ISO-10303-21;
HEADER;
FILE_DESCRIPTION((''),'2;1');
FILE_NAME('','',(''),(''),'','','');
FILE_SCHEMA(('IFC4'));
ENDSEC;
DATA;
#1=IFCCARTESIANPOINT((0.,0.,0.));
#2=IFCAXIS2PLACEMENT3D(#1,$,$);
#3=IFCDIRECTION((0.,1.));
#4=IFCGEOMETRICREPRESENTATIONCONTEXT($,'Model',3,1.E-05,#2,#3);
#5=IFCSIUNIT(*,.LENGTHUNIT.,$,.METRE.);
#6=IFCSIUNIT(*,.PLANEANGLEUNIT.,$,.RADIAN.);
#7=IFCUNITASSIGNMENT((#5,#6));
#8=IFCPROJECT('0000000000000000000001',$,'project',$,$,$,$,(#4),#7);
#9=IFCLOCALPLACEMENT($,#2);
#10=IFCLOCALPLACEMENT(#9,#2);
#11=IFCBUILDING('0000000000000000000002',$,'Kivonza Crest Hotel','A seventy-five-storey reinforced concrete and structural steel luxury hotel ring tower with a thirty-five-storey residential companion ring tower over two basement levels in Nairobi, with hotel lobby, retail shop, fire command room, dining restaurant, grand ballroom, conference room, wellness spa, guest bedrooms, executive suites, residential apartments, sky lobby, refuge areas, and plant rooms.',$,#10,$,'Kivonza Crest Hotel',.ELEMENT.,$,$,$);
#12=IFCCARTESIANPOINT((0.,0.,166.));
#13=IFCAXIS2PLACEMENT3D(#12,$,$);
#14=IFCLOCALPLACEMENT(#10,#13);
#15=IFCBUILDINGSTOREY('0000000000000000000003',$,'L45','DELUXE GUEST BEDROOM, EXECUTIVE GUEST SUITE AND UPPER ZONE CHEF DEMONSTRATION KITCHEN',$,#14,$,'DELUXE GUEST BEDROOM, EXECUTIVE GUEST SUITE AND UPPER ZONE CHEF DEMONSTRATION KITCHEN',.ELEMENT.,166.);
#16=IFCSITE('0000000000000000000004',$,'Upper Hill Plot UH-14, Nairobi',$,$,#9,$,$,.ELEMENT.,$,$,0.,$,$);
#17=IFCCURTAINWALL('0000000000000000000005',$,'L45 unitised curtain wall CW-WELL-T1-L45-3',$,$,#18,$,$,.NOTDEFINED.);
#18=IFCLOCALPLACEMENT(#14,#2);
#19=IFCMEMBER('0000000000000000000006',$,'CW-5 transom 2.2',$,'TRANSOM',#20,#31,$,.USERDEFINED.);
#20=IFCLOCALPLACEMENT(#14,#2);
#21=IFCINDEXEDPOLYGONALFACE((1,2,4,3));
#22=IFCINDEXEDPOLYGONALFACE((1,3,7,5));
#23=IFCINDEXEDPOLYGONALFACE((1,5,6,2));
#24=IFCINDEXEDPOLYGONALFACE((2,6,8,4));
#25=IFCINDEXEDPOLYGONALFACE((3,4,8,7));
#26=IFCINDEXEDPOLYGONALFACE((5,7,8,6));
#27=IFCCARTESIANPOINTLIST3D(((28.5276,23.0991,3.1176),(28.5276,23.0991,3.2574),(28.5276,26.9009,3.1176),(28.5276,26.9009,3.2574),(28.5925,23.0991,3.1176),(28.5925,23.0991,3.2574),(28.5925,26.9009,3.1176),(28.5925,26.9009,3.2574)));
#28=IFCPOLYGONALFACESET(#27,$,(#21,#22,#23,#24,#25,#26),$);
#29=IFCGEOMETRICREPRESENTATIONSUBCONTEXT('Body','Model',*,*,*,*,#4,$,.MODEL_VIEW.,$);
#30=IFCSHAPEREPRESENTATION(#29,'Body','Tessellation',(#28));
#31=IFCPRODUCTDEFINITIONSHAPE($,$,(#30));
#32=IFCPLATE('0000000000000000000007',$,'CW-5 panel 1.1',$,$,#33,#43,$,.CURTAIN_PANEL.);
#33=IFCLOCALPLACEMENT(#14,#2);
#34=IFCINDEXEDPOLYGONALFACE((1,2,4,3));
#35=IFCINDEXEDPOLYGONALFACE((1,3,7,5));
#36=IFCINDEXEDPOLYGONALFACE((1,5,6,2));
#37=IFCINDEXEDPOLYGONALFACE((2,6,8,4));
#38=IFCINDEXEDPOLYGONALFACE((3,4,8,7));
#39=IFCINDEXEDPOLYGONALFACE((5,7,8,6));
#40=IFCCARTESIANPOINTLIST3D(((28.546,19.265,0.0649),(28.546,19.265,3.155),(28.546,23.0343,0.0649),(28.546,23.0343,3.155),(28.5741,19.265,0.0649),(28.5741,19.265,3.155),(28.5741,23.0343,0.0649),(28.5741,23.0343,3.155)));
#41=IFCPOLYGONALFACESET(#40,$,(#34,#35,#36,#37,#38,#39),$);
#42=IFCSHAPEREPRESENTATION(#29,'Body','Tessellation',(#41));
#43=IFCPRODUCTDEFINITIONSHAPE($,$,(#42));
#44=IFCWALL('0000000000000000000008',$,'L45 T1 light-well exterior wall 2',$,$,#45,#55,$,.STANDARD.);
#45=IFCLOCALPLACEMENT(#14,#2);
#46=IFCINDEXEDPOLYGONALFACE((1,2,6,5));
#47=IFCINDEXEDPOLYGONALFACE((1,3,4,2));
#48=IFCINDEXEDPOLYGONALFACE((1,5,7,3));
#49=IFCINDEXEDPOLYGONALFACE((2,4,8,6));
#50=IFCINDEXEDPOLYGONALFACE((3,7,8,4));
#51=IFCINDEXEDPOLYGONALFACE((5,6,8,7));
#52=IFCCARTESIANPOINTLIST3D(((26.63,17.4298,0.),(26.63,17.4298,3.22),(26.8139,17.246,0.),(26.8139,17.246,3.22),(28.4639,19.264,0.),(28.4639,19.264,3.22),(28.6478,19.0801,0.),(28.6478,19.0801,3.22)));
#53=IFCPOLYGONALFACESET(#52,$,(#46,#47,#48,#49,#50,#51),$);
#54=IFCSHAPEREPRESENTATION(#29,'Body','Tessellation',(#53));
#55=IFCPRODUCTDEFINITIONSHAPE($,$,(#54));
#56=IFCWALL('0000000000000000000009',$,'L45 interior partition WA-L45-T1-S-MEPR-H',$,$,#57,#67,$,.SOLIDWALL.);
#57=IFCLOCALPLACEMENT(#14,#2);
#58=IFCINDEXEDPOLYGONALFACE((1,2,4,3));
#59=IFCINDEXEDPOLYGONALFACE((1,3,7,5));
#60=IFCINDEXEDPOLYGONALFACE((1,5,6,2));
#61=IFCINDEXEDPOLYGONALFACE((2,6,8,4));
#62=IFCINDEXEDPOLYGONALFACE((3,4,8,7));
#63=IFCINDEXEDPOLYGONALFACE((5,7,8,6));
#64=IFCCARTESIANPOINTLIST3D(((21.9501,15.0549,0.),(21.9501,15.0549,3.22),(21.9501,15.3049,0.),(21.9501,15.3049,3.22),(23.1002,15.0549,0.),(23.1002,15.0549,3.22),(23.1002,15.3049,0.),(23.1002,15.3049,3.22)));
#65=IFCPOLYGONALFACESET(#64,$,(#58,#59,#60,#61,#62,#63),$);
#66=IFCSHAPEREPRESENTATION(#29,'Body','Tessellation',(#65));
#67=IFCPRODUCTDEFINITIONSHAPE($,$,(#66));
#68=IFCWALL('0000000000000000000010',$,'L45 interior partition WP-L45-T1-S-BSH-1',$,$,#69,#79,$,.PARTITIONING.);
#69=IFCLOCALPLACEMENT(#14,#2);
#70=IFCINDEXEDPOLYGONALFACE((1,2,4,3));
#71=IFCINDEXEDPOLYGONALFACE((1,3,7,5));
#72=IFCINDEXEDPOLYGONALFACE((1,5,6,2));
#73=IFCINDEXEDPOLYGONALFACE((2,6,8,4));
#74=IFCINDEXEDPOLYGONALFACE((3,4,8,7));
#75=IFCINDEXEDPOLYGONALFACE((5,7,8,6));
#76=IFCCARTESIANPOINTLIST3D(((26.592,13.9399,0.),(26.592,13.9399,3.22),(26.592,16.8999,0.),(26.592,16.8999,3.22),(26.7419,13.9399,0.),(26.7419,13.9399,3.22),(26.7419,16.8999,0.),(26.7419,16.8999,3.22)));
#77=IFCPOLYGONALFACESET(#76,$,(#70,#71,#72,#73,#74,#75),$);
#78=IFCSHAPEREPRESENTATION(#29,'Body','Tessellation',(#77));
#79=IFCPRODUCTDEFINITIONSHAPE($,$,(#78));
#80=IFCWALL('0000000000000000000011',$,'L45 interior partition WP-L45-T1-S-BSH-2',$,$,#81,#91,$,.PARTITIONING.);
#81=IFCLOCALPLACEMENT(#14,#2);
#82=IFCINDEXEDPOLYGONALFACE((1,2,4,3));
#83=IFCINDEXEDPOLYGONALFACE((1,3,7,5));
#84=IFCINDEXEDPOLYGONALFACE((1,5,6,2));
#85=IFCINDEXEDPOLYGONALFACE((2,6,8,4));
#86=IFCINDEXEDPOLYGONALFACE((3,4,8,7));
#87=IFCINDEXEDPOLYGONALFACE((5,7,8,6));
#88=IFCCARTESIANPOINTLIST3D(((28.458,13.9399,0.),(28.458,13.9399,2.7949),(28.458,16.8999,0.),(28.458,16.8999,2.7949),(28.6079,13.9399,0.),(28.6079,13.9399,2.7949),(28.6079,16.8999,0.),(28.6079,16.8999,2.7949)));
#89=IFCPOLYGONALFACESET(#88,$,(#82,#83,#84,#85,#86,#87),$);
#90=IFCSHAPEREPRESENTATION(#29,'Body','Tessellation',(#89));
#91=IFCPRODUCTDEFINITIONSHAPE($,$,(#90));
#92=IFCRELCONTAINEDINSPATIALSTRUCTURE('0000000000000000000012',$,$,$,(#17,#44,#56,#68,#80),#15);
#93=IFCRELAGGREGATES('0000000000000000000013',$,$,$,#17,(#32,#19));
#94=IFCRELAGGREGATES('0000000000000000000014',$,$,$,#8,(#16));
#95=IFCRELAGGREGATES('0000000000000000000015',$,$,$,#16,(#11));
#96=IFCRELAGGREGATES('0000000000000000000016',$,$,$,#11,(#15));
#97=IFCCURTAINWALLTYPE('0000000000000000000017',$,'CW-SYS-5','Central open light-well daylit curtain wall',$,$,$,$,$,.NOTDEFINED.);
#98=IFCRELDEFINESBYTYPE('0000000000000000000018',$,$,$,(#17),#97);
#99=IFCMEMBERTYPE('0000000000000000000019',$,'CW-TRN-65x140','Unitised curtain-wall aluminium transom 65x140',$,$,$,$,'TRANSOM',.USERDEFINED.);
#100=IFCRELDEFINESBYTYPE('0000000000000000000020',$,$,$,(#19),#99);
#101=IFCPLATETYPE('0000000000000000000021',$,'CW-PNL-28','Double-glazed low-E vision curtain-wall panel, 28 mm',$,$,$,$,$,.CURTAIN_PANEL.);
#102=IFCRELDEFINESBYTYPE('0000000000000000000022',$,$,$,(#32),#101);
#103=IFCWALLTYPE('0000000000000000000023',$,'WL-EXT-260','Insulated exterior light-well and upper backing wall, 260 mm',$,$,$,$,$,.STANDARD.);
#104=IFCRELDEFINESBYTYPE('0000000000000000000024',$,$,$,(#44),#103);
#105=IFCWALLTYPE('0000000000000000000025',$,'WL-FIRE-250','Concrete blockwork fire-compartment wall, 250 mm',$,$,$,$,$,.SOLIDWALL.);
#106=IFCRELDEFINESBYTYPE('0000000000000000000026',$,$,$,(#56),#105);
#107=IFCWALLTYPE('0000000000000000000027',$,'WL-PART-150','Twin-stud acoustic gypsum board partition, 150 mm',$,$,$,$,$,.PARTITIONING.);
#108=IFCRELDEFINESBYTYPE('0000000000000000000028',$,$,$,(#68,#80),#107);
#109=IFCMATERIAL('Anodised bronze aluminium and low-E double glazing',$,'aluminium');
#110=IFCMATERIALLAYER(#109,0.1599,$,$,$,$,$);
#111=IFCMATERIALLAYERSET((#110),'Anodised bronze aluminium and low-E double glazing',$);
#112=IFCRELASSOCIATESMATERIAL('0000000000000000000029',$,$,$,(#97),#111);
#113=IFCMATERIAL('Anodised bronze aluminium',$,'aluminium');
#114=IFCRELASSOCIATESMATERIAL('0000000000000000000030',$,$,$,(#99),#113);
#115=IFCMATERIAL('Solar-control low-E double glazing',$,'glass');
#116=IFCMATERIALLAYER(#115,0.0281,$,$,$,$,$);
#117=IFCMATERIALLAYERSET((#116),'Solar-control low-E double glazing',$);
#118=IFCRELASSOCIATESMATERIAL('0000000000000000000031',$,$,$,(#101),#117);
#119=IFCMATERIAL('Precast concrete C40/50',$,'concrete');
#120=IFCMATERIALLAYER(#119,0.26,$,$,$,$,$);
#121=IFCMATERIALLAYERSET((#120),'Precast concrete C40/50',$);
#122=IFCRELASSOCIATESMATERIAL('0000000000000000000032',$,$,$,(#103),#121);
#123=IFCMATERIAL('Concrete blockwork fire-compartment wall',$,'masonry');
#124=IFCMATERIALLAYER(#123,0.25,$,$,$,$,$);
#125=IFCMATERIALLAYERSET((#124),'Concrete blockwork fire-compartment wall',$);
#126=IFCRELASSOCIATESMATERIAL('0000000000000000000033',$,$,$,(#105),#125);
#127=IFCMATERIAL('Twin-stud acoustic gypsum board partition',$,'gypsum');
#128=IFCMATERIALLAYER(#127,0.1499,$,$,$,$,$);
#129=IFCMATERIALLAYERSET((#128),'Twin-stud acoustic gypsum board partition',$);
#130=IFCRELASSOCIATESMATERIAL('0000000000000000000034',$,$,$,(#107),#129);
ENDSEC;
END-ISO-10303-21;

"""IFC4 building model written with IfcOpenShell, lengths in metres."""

from ifc_helpers import new_model, si_unit, direction, frame, frame_2d, origin, origin_2d, place, context, subcontext, project, spatial, rectangle, extrude, material, layer, layer_set, material_profile, profile_set, type_object, element, aggregate, save


model = new_model("IFC4")

# Units and contexts
model_context = context("Model", 3, precision=1e-05, world=origin(), true_north=direction((0.0, 1.0)))
body_context = subcontext(model_context, "Body", "Model", "MODEL_VIEW")
ifc_project = project(units=[si_unit("LENGTHUNIT", "METRE"), si_unit("PLANEANGLEUNIT", "RADIAN")], contexts=[model_context])

# Site, building, storey
site_placement = place(None, origin())
site = spatial("IfcSite", under=ifc_project, at=site_placement, Name="Upper Hill Plot UH-14, Nairobi", CompositionType="ELEMENT", RefElevation=0.0)
building_placement = place(site_placement, origin())
building = spatial("IfcBuilding", under=site, at=building_placement, Name="Kivonza Crest Hotel", Description="A seventy-five-storey reinforced concrete and structural steel luxury hotel ring tower with a thirty-five-storey residential companion ring tower over two basement levels in Nairobi, with hotel lobby, retail shop, fire command room, dining restaurant, grand ballroom, conference room, wellness spa, guest bedrooms, executive suites, residential apartments, sky lobby, refuge areas, and plant rooms.", LongName="Kivonza Crest Hotel", CompositionType="ELEMENT")
storey_placement = place(building_placement, frame((0.0, 0.0, 166.0)))
storey = spatial("IfcBuildingStorey", under=building, at=storey_placement, Name="L45", Description="DELUXE GUEST BEDROOM, EXECUTIVE GUEST SUITE AND UPPER ZONE CHEF DEMONSTRATION KITCHEN", LongName="DELUXE GUEST BEDROOM, EXECUTIVE GUEST SUITE AND UPPER ZONE CHEF DEMONSTRATION KITCHEN", CompositionType="ELEMENT", Elevation=166.0)

# Curtain wall, member, plate
ifc_material_1 = material(Name="Anodised bronze aluminium and low-E double glazing", Category="aluminium")
ifc_layer_1 = layer(ifc_material_1, 0.1599)
ifc_layer_set_1 = layer_set([ifc_layer_1], Name="Anodised bronze aluminium and low-E double glazing")
curtain_wall_type = type_object("IfcCurtainWallType", Name="CW-SYS-5", Description="Central open light-well daylit curtain wall", PredefinedType="NOTDEFINED", material=ifc_layer_set_1)
curtain_wall_placement = place(storey_placement, origin())
curtain_wall = element("IfcCurtainWall", 1, at=curtain_wall_placement, inside=storey, type_object=curtain_wall_type, Name="L45 unitised curtain wall CW-WELL-T1-L45-3", PredefinedType="NOTDEFINED")
ifc_material_2 = material(Name="Anodised bronze aluminium", Category="aluminium")
ifc_material_profile_1 = material_profile(ifc_material_2, rectangle(XDim=0.0649, YDim=0.1399, at=origin_2d()), Name="CW-T 65x140")
ifc_profile_set_1 = profile_set([ifc_material_profile_1], Name="Anodised bronze aluminium")
member_type_1 = type_object("IfcMemberType", Name="CW-TRN-65x140", Description="Unitised curtain-wall aluminium transom 65x140", ElementType="TRANSOM", PredefinedType="USERDEFINED", material=ifc_profile_set_1)
member_1_placement = place(storey_placement, frame((28.5601, 23.0991, 3.1875), z_axis=(0.0, 1.0, 0.0), x_axis=(-1.0, 0.0, 0.0)))
member_1 = element("IfcMember", 2, at=member_1_placement, type_object=member_type_1, Name="CW-5 transom 2.2", ObjectType="TRANSOM", PredefinedType="USERDEFINED", context=body_context, shape_type="SweptSolid", body=[
    extrude(rectangle(XDim=0.0649, YDim=0.1399, at=origin_2d()), origin(), (0.0, 0.0, 1.0), 3.8018),
])
ifc_material_3 = material(Name="Solar-control low-E double glazing", Category="glass")
ifc_layer_2 = layer(ifc_material_3, 0.0281)
ifc_layer_set_2 = layer_set([ifc_layer_2], Name="Solar-control low-E double glazing")
plate_type = type_object("IfcPlateType", Name="CW-PNL-28", Description="Double-glazed low-E vision curtain-wall panel, 28 mm", PredefinedType="CURTAIN_PANEL", material=ifc_layer_set_2)
plate_placement = place(storey_placement, frame((28.5601, 21.1497, 0.0649), z_axis=(0.0, 0.0, 1.0), x_axis=(0.0, 1.0, 0.0)))
plate = element("IfcPlate", 3, at=plate_placement, type_object=plate_type, Name="CW-5 panel 1.1", PredefinedType="CURTAIN_PANEL", context=body_context, shape_type="SweptSolid", body=[
    extrude(rectangle(XDim=3.7693, YDim=0.0281, at=origin_2d()), origin(), (0.0, 0.0, 1.0), 3.0901),
])
aggregate(curtain_wall, [plate, member_1])

# Walls
ifc_material_4 = material(Name="Precast concrete C40/50", Category="concrete")
ifc_layer_3 = layer(ifc_material_4, 0.26)
ifc_layer_set_3 = layer_set([ifc_layer_3], Name="Precast concrete C40/50")
wall_type_1 = type_object("IfcWallType", Name="WL-EXT-260", Description="Insulated exterior light-well and upper backing wall, 260 mm", PredefinedType="STANDARD", material=ifc_layer_set_3)
wall_1_placement = place(storey_placement, frame((26.7219, 17.3379, 0.0), z_axis=(0.0, 0.0, 1.0), x_axis=(0.70706, 0.707154, 0.0)))
element("IfcWall", 4, at=wall_1_placement, inside=storey, type_object=wall_type_1, Name="L45 T1 light-well exterior wall 2", PredefinedType="STANDARD", context=body_context, shape_type="SweptSolid", body=[
    extrude(rectangle(XDim=2.5938, YDim=0.26, at=frame_2d((1.2969, 0.0))), origin(), (0.0, 0.0, 1.0), 3.22),
])
ifc_material_5 = material(Name="Concrete blockwork fire-compartment wall", Category="masonry")
ifc_layer_4 = layer(ifc_material_5, 0.25)
ifc_layer_set_4 = layer_set([ifc_layer_4], Name="Concrete blockwork fire-compartment wall")
wall_type_2 = type_object("IfcWallType", Name="WL-FIRE-250", Description="Concrete blockwork fire-compartment wall, 250 mm", PredefinedType="SOLIDWALL", material=ifc_layer_set_4)
wall_2_placement = place(storey_placement, frame((21.95, 15.1799, 0.0), z_axis=(0.0, 0.0, 1.0), x_axis=(1.0, 0.0, 0.0)))
element("IfcWall", 5, at=wall_2_placement, inside=storey, type_object=wall_type_2, Name="L45 interior partition WA-L45-T1-S-MEPR-H", PredefinedType="SOLIDWALL", context=body_context, shape_type="SweptSolid", body=[
    extrude(rectangle(XDim=1.1501, YDim=0.25, at=frame_2d((0.5752, 0.0))), origin(), (0.0, 0.0, 1.0), 3.22),
])
ifc_material_6 = material(Name="Twin-stud acoustic gypsum board partition", Category="gypsum")
ifc_layer_5 = layer(ifc_material_6, 0.1499)
ifc_layer_set_5 = layer_set([ifc_layer_5], Name="Twin-stud acoustic gypsum board partition")
wall_type_3 = type_object("IfcWallType", Name="WL-PART-150", Description="Twin-stud acoustic gypsum board partition, 150 mm", PredefinedType="PARTITIONING", material=ifc_layer_set_5)
wall_3_placement = place(storey_placement, frame((26.667, 13.9399, 0.0), z_axis=(0.0, 0.0, 1.0), x_axis=(0.0, 1.0, 0.0)))
element("IfcWall", 6, at=wall_3_placement, inside=storey, type_object=wall_type_3, Name="L45 interior partition WP-L45-T1-S-BSH-1", PredefinedType="PARTITIONING", context=body_context, shape_type="SweptSolid", body=[
    extrude(rectangle(XDim=2.96, YDim=0.1499, at=frame_2d((1.48, 0.0))), origin(), (0.0, 0.0, 1.0), 3.22),
])
wall_4_placement = place(storey_placement, frame((28.533, 13.9399, 0.0), z_axis=(0.0, 0.0, 1.0), x_axis=(0.0, 1.0, 0.0)))
element("IfcWall", 7, at=wall_4_placement, inside=storey, type_object=wall_type_3, Name="L45 interior partition WP-L45-T1-S-BSH-2", PredefinedType="PARTITIONING", context=body_context, shape_type="SweptSolid", body=[
    extrude(rectangle(XDim=2.96, YDim=0.1499, at=frame_2d((1.48, 0.0))), origin(), (0.0, 0.0, 1.0), 2.7949),
])

save(model, "model.ifc")
